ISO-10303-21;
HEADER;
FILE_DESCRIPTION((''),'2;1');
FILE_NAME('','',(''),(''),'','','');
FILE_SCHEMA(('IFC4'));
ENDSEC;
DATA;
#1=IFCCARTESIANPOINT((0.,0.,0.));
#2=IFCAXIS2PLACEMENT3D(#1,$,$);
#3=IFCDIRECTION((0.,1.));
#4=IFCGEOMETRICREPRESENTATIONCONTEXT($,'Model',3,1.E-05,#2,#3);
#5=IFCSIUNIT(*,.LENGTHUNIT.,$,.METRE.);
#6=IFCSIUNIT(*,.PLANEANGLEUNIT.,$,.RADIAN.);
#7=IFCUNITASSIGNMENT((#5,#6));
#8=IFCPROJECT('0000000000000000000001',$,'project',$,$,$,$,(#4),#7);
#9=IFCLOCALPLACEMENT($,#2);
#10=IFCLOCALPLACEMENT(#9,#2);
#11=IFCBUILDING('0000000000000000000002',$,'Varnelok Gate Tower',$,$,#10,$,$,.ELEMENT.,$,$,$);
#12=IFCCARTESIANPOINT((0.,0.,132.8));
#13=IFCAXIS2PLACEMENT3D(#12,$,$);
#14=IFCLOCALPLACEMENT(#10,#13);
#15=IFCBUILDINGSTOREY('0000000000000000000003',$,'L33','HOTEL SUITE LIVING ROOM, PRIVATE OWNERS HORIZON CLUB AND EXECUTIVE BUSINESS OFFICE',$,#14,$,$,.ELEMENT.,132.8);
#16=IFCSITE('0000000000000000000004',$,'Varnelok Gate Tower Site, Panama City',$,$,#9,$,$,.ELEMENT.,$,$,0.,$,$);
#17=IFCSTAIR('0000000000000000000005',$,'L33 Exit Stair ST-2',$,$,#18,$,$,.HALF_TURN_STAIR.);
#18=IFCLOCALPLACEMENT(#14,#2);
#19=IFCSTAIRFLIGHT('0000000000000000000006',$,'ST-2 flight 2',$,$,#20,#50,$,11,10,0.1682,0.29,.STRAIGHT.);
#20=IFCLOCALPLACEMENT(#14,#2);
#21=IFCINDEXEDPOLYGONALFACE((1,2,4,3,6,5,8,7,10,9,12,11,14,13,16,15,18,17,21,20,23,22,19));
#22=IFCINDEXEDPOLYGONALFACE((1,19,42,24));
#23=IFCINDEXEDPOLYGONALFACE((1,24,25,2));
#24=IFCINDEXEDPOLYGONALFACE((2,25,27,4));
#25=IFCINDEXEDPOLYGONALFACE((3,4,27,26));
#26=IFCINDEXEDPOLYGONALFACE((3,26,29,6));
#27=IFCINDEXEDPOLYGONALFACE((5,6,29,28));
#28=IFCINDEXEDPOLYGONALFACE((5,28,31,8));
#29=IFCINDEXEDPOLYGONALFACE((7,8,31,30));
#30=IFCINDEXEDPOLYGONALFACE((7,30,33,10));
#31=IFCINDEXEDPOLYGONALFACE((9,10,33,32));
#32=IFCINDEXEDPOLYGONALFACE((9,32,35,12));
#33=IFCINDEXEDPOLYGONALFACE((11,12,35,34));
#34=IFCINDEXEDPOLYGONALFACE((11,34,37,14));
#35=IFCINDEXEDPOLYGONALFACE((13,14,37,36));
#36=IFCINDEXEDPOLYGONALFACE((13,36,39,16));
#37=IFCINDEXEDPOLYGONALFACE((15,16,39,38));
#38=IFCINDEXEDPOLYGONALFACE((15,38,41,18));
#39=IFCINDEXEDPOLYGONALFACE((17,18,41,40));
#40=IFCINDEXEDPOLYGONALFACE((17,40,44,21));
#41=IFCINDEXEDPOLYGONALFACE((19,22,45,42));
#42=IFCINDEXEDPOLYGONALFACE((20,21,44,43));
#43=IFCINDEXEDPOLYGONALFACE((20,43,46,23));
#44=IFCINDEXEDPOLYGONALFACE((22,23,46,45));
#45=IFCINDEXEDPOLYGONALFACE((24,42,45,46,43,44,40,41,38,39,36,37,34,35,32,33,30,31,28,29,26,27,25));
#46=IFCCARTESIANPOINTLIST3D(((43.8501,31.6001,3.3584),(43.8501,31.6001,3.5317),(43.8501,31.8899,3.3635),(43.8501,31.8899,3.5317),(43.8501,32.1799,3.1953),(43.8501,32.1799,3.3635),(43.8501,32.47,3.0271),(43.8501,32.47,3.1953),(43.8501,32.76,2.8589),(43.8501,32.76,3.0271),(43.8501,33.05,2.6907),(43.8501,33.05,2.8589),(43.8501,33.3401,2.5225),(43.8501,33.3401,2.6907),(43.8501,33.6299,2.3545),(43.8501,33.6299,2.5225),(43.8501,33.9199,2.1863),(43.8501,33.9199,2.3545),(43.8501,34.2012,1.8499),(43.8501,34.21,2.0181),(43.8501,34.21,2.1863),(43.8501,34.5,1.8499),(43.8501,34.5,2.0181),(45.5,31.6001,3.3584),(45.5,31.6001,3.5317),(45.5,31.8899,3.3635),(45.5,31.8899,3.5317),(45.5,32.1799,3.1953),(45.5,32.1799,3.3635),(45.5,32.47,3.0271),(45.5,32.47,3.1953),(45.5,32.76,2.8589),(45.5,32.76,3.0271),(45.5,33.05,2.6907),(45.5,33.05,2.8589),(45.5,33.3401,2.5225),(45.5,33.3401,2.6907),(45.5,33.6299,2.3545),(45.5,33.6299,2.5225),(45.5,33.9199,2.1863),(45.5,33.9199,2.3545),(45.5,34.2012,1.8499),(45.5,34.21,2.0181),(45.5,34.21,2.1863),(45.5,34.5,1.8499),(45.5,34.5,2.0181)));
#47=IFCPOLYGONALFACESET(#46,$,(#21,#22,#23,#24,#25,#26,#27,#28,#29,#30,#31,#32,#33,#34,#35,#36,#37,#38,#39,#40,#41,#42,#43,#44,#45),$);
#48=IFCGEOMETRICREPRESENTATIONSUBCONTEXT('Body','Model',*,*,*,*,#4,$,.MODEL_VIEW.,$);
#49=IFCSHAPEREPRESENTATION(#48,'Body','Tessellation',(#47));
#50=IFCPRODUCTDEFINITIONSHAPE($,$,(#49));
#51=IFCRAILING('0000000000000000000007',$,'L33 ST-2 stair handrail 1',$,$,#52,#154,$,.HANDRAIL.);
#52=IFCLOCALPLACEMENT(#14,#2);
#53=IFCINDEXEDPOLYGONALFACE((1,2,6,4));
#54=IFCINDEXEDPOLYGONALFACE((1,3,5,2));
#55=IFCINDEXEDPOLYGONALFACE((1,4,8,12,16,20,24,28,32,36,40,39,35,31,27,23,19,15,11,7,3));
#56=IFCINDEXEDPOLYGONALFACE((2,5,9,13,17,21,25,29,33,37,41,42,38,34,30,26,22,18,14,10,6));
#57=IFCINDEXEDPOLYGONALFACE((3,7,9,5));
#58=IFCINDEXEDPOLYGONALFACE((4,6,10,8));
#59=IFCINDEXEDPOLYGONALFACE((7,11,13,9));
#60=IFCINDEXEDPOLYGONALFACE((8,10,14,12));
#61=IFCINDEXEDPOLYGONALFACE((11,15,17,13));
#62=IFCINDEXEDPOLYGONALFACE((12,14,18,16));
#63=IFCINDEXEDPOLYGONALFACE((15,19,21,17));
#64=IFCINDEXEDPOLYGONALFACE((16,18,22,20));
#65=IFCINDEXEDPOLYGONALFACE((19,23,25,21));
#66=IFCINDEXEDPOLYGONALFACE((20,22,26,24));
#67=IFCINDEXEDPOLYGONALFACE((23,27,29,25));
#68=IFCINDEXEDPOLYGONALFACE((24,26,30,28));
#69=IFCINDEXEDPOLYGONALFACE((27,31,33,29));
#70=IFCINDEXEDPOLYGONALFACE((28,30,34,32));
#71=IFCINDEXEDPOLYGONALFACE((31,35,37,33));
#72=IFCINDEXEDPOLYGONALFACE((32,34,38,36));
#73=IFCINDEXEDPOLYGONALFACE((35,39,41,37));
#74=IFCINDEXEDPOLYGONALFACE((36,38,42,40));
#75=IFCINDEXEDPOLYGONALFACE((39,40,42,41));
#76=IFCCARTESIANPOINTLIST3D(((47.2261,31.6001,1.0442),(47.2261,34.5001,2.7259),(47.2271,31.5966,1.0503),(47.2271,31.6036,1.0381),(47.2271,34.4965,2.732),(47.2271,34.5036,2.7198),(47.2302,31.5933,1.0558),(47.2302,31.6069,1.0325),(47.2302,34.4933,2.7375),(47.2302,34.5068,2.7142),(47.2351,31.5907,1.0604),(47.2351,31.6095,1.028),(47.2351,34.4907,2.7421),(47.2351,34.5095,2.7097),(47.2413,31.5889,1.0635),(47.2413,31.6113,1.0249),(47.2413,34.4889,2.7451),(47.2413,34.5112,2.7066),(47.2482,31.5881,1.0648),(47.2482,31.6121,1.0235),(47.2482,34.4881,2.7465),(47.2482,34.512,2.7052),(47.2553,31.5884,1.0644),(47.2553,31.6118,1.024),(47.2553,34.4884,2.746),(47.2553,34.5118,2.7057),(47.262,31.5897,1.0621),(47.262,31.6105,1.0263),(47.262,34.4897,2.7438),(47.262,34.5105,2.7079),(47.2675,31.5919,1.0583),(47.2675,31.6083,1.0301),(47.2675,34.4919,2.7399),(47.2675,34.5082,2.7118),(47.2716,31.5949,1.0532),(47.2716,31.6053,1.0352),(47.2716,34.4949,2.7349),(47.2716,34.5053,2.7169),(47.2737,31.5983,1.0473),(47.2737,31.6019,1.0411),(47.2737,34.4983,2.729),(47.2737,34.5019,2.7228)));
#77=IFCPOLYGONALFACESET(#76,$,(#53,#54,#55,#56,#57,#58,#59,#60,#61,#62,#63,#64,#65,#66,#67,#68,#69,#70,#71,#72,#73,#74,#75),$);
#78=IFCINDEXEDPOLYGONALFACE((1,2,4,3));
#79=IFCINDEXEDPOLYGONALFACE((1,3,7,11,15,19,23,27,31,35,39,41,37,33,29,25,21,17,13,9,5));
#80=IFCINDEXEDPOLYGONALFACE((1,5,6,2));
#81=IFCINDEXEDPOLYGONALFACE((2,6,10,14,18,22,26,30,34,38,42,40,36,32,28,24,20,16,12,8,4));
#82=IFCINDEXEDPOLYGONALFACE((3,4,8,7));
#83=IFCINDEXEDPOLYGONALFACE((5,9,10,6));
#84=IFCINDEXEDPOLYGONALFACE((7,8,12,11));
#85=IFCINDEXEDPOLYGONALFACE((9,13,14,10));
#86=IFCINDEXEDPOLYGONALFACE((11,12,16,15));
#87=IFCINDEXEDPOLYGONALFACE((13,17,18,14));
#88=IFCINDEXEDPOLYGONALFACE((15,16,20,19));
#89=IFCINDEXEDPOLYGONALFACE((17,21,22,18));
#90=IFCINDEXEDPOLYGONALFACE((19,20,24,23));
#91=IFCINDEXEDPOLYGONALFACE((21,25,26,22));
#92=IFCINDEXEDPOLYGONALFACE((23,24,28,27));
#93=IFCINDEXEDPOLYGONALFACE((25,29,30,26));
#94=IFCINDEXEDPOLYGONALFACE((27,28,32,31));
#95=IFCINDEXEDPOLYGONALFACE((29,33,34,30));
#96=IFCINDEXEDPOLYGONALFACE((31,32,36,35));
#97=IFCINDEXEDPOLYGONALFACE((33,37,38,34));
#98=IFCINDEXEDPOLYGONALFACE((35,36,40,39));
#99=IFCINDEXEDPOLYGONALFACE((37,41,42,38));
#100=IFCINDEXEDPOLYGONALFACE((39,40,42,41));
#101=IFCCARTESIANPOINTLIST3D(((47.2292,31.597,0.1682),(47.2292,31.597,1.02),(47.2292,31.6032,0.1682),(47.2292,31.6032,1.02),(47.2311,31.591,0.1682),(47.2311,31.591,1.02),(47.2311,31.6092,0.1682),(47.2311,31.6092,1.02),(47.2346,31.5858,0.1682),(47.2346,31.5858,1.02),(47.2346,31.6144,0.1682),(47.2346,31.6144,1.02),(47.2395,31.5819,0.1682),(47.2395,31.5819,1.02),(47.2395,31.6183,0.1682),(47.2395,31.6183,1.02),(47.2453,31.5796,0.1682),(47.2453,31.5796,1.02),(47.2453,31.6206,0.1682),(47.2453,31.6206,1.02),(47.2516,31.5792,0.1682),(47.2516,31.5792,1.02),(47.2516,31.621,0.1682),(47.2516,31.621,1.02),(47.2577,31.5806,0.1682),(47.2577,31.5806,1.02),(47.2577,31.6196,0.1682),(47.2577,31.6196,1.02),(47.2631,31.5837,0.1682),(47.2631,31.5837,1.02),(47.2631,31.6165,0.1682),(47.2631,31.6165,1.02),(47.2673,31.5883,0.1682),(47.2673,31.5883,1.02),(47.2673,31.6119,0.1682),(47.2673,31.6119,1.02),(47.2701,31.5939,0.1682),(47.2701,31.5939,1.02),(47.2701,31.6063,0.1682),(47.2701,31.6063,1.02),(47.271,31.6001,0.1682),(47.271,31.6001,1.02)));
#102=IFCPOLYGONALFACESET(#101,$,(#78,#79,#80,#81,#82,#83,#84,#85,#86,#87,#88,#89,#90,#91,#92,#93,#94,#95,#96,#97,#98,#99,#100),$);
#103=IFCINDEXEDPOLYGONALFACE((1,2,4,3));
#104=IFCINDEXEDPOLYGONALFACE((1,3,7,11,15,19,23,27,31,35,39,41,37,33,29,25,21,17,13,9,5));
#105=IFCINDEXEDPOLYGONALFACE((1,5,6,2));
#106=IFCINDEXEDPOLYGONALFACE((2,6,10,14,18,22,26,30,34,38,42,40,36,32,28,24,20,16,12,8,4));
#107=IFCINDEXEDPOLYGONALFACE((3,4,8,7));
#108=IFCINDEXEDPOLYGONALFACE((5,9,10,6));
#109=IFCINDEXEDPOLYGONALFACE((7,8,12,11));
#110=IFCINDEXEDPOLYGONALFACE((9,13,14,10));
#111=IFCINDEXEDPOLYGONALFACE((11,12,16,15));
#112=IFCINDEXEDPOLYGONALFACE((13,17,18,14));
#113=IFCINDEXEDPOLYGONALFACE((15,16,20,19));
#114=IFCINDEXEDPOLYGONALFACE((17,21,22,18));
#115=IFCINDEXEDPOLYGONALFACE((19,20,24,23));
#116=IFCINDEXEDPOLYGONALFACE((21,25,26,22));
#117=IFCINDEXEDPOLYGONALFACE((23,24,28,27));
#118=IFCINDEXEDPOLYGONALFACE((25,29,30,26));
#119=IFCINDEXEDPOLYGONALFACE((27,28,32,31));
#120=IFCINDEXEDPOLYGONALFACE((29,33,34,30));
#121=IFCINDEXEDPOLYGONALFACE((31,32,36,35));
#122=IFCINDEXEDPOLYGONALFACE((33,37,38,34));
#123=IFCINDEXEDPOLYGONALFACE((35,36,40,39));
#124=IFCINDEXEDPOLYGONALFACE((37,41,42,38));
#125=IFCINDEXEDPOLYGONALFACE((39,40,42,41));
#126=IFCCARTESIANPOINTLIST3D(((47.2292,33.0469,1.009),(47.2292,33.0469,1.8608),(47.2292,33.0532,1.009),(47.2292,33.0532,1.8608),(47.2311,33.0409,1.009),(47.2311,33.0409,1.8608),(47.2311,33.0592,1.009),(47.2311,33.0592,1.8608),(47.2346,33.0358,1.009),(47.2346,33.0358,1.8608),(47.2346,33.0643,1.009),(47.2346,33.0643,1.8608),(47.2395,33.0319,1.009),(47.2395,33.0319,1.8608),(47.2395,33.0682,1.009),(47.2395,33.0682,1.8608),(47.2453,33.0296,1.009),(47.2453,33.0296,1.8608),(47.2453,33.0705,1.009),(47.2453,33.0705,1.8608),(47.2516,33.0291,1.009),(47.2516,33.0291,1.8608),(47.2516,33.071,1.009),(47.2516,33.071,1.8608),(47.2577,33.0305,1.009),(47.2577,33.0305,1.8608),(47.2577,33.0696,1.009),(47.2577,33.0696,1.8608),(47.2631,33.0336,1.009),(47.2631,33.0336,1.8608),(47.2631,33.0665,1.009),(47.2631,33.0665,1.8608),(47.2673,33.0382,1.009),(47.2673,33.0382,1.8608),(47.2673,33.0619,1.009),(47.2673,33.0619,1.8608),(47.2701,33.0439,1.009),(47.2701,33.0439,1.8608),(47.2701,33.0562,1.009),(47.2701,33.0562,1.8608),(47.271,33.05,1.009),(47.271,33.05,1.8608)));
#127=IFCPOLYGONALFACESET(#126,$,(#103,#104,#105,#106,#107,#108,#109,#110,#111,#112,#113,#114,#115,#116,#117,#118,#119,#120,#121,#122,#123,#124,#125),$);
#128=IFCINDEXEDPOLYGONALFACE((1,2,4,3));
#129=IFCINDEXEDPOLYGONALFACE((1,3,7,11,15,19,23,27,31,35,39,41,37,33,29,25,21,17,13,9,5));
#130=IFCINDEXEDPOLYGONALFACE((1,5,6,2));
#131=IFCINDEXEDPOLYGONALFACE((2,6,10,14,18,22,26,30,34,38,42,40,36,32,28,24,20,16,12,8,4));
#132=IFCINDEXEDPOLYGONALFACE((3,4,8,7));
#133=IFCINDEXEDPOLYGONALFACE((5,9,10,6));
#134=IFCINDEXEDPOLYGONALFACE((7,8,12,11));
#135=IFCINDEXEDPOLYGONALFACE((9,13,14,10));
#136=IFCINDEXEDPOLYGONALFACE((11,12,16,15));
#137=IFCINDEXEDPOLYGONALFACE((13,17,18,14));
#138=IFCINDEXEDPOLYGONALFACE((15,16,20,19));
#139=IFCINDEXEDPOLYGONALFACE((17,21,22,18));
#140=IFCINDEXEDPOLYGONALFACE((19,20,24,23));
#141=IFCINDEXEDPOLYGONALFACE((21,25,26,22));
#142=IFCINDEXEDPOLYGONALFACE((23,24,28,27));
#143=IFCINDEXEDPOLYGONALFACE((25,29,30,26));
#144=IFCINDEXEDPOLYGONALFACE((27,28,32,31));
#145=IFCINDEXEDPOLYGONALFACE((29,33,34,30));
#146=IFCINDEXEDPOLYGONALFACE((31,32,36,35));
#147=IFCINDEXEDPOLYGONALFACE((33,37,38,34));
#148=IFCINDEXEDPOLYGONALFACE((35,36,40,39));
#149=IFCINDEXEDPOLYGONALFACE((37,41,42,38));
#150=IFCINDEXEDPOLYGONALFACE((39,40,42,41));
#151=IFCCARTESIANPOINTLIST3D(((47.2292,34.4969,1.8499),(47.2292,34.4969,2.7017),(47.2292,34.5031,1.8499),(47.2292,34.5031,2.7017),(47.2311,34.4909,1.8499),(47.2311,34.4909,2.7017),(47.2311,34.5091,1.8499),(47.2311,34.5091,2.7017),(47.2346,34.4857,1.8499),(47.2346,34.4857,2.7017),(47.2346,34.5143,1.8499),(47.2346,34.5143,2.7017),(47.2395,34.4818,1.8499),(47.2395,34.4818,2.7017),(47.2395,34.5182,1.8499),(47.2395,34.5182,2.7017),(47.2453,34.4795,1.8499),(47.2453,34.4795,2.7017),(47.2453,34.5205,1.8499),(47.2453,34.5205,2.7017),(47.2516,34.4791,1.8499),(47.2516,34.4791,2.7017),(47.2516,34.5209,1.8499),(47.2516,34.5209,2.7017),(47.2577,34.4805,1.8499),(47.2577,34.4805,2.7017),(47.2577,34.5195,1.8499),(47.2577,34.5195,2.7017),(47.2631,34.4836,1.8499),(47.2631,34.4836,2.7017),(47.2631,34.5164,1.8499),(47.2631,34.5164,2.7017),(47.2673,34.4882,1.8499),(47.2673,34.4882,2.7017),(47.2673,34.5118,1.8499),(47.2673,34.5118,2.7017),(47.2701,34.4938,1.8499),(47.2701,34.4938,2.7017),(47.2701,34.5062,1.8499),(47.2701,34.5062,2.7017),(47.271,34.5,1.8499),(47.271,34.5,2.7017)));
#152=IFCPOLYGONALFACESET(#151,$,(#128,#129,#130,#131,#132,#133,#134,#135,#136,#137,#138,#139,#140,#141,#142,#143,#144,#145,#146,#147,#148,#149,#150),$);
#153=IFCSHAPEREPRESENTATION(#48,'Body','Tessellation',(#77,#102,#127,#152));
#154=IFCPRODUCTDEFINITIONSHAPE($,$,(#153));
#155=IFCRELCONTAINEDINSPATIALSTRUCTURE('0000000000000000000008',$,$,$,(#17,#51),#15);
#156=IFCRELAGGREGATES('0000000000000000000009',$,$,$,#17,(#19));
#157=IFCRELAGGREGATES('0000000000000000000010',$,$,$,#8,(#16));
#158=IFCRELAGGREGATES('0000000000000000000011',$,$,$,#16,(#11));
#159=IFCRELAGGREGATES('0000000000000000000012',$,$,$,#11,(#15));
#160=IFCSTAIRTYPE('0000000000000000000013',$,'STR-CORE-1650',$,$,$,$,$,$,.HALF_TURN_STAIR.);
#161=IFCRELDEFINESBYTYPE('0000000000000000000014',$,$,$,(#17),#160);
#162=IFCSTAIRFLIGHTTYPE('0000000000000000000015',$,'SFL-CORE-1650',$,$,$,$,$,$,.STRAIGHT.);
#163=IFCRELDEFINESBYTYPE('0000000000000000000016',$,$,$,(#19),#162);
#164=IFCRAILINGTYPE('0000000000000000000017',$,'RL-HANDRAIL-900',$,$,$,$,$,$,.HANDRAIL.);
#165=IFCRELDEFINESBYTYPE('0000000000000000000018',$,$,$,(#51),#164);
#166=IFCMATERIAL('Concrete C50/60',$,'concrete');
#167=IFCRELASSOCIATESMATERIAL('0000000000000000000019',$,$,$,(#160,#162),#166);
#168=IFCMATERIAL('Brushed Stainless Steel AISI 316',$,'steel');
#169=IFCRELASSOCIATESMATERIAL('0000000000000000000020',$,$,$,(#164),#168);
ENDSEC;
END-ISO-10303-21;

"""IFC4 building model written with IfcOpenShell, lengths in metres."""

from ifc_helpers import new_model, si_unit, direction, frame, origin, origin_2d, place, context, subcontext, project, spatial, polyline, circle, outline, extrude, material, type_object, element, aggregate, save


model = new_model("IFC4")

# Units and contexts
model_context = context("Model", 3, precision=1e-05, world=origin(), true_north=direction((0.0, 1.0)))
body_context = subcontext(model_context, "Body", "Model", "MODEL_VIEW")
ifc_project = project(units=[si_unit("LENGTHUNIT", "METRE"), si_unit("PLANEANGLEUNIT", "RADIAN")], contexts=[model_context])

# Site, building, storey
site_placement = place(None, origin())
site = spatial("IfcSite", under=ifc_project, at=site_placement, Name="Varnelok Gate Tower Site, Panama City", CompositionType="ELEMENT", RefElevation=0.0)
building_placement = place(site_placement, origin())
building = spatial("IfcBuilding", under=site, at=building_placement, Name="Varnelok Gate Tower", CompositionType="ELEMENT")
storey_placement = place(building_placement, frame((0.0, 0.0, 132.8)))
storey = spatial("IfcBuildingStorey", under=building, at=storey_placement, Name="L33", Description="HOTEL SUITE LIVING ROOM, PRIVATE OWNERS HORIZON CLUB AND EXECUTIVE BUSINESS OFFICE", CompositionType="ELEMENT", Elevation=132.8)

# Stair, stair flight
ifc_material_1 = material(Name="Concrete C50/60", Category="concrete")
stair_type = type_object("IfcStairType", Name="STR-CORE-1650", PredefinedType="HALF_TURN_STAIR", material=ifc_material_1)
stair_placement = place(storey_placement, origin())
stair = element("IfcStair", 1, at=stair_placement, inside=storey, type_object=stair_type, Name="L33 Exit Stair ST-2", PredefinedType="HALF_TURN_STAIR")
stair_flight_type = type_object("IfcStairFlightType", Name="SFL-CORE-1650", PredefinedType="STRAIGHT", material=ifc_material_1)
stair_flight_1_placement = place(storey_placement, frame((44.675, 34.5, 1.8499), z_axis=(0.0, 0.0, 1.0), x_axis=(0.0, -1.0, 0.0)))
stair_flight_1 = element("IfcStairFlight", 2, at=stair_flight_1_placement, type_object=stair_flight_type, Name="ST-2 flight 2", NumberOfRisers=11, NumberOfTreads=10, PredefinedType="STRAIGHT", RiserHeight=0.1682, TreadLength=0.29, context=body_context, shape_type="SweptSolid", body=[
    extrude(outline(polyline([(0.0, 0.0), (0.0, 0.1682), (0.29, 0.1682), (0.29, 0.3364), (0.5801, 0.3364), (0.5801, 0.5046), (0.8701, 0.5046), (0.8701, 0.6726), (1.1599, 0.6726), (1.1599, 0.8408), (1.45, 0.8408), (1.45, 1.009), (1.74, 1.009), (1.74, 1.1772), (2.03, 1.1772), (2.03, 1.3455), (2.3201, 1.3455), (2.3201, 1.5137), (2.6101, 1.5137), (2.6101, 1.6819), (2.8999, 1.6819), (2.8999, 1.8501), (2.8999, 1.5085), (0.2988, 0.0), (0.0, 0.0)])), frame((0.0, 0.825, 0.0), z_axis=(0.0, -1.0, 0.0), x_axis=(1.0, 0.0, 0.0)), (0.0, 0.0, 1.0), 1.6499),
])
aggregate(stair, [stair_flight_1])

# Railing
ifc_material_2 = material(Name="Brushed Stainless Steel AISI 316", Category="steel")
railing_type_1 = type_object("IfcRailingType", Name="RL-HANDRAIL-900", PredefinedType="HANDRAIL", material=ifc_material_2)
railing_1_placement = place(storey_placement, frame((47.25, 31.6001, 0.1682)))
element("IfcRailing", 3, at=railing_1_placement, inside=storey, type_object=railing_type_1, Name="L33 ST-2 stair handrail 1", PredefinedType="HANDRAIL", context=body_context, shape_type="SweptSolid", body=[
    extrude(circle(Radius=0.0239, at=origin_2d()), frame((0.0, 0.0, 0.876), z_axis=(0.0, 0.86507, 0.501651), x_axis=(-1.0, 0.0, 0.0)), (0.0, 0.0, 1.0), 3.3523),
    extrude(circle(Radius=0.021, at=origin_2d()), origin(), (0.0, 0.0, 1.0), 0.8518),
    extrude(circle(Radius=0.021, at=origin_2d()), frame((0.0, 1.45, 0.8408)), (0.0, 0.0, 1.0), 0.8518),
    extrude(circle(Radius=0.021, at=origin_2d()), frame((0.0, 2.8999, 1.6816)), (0.0, 0.0, 1.0), 0.8518),
])

save(model, "model.ifc")
